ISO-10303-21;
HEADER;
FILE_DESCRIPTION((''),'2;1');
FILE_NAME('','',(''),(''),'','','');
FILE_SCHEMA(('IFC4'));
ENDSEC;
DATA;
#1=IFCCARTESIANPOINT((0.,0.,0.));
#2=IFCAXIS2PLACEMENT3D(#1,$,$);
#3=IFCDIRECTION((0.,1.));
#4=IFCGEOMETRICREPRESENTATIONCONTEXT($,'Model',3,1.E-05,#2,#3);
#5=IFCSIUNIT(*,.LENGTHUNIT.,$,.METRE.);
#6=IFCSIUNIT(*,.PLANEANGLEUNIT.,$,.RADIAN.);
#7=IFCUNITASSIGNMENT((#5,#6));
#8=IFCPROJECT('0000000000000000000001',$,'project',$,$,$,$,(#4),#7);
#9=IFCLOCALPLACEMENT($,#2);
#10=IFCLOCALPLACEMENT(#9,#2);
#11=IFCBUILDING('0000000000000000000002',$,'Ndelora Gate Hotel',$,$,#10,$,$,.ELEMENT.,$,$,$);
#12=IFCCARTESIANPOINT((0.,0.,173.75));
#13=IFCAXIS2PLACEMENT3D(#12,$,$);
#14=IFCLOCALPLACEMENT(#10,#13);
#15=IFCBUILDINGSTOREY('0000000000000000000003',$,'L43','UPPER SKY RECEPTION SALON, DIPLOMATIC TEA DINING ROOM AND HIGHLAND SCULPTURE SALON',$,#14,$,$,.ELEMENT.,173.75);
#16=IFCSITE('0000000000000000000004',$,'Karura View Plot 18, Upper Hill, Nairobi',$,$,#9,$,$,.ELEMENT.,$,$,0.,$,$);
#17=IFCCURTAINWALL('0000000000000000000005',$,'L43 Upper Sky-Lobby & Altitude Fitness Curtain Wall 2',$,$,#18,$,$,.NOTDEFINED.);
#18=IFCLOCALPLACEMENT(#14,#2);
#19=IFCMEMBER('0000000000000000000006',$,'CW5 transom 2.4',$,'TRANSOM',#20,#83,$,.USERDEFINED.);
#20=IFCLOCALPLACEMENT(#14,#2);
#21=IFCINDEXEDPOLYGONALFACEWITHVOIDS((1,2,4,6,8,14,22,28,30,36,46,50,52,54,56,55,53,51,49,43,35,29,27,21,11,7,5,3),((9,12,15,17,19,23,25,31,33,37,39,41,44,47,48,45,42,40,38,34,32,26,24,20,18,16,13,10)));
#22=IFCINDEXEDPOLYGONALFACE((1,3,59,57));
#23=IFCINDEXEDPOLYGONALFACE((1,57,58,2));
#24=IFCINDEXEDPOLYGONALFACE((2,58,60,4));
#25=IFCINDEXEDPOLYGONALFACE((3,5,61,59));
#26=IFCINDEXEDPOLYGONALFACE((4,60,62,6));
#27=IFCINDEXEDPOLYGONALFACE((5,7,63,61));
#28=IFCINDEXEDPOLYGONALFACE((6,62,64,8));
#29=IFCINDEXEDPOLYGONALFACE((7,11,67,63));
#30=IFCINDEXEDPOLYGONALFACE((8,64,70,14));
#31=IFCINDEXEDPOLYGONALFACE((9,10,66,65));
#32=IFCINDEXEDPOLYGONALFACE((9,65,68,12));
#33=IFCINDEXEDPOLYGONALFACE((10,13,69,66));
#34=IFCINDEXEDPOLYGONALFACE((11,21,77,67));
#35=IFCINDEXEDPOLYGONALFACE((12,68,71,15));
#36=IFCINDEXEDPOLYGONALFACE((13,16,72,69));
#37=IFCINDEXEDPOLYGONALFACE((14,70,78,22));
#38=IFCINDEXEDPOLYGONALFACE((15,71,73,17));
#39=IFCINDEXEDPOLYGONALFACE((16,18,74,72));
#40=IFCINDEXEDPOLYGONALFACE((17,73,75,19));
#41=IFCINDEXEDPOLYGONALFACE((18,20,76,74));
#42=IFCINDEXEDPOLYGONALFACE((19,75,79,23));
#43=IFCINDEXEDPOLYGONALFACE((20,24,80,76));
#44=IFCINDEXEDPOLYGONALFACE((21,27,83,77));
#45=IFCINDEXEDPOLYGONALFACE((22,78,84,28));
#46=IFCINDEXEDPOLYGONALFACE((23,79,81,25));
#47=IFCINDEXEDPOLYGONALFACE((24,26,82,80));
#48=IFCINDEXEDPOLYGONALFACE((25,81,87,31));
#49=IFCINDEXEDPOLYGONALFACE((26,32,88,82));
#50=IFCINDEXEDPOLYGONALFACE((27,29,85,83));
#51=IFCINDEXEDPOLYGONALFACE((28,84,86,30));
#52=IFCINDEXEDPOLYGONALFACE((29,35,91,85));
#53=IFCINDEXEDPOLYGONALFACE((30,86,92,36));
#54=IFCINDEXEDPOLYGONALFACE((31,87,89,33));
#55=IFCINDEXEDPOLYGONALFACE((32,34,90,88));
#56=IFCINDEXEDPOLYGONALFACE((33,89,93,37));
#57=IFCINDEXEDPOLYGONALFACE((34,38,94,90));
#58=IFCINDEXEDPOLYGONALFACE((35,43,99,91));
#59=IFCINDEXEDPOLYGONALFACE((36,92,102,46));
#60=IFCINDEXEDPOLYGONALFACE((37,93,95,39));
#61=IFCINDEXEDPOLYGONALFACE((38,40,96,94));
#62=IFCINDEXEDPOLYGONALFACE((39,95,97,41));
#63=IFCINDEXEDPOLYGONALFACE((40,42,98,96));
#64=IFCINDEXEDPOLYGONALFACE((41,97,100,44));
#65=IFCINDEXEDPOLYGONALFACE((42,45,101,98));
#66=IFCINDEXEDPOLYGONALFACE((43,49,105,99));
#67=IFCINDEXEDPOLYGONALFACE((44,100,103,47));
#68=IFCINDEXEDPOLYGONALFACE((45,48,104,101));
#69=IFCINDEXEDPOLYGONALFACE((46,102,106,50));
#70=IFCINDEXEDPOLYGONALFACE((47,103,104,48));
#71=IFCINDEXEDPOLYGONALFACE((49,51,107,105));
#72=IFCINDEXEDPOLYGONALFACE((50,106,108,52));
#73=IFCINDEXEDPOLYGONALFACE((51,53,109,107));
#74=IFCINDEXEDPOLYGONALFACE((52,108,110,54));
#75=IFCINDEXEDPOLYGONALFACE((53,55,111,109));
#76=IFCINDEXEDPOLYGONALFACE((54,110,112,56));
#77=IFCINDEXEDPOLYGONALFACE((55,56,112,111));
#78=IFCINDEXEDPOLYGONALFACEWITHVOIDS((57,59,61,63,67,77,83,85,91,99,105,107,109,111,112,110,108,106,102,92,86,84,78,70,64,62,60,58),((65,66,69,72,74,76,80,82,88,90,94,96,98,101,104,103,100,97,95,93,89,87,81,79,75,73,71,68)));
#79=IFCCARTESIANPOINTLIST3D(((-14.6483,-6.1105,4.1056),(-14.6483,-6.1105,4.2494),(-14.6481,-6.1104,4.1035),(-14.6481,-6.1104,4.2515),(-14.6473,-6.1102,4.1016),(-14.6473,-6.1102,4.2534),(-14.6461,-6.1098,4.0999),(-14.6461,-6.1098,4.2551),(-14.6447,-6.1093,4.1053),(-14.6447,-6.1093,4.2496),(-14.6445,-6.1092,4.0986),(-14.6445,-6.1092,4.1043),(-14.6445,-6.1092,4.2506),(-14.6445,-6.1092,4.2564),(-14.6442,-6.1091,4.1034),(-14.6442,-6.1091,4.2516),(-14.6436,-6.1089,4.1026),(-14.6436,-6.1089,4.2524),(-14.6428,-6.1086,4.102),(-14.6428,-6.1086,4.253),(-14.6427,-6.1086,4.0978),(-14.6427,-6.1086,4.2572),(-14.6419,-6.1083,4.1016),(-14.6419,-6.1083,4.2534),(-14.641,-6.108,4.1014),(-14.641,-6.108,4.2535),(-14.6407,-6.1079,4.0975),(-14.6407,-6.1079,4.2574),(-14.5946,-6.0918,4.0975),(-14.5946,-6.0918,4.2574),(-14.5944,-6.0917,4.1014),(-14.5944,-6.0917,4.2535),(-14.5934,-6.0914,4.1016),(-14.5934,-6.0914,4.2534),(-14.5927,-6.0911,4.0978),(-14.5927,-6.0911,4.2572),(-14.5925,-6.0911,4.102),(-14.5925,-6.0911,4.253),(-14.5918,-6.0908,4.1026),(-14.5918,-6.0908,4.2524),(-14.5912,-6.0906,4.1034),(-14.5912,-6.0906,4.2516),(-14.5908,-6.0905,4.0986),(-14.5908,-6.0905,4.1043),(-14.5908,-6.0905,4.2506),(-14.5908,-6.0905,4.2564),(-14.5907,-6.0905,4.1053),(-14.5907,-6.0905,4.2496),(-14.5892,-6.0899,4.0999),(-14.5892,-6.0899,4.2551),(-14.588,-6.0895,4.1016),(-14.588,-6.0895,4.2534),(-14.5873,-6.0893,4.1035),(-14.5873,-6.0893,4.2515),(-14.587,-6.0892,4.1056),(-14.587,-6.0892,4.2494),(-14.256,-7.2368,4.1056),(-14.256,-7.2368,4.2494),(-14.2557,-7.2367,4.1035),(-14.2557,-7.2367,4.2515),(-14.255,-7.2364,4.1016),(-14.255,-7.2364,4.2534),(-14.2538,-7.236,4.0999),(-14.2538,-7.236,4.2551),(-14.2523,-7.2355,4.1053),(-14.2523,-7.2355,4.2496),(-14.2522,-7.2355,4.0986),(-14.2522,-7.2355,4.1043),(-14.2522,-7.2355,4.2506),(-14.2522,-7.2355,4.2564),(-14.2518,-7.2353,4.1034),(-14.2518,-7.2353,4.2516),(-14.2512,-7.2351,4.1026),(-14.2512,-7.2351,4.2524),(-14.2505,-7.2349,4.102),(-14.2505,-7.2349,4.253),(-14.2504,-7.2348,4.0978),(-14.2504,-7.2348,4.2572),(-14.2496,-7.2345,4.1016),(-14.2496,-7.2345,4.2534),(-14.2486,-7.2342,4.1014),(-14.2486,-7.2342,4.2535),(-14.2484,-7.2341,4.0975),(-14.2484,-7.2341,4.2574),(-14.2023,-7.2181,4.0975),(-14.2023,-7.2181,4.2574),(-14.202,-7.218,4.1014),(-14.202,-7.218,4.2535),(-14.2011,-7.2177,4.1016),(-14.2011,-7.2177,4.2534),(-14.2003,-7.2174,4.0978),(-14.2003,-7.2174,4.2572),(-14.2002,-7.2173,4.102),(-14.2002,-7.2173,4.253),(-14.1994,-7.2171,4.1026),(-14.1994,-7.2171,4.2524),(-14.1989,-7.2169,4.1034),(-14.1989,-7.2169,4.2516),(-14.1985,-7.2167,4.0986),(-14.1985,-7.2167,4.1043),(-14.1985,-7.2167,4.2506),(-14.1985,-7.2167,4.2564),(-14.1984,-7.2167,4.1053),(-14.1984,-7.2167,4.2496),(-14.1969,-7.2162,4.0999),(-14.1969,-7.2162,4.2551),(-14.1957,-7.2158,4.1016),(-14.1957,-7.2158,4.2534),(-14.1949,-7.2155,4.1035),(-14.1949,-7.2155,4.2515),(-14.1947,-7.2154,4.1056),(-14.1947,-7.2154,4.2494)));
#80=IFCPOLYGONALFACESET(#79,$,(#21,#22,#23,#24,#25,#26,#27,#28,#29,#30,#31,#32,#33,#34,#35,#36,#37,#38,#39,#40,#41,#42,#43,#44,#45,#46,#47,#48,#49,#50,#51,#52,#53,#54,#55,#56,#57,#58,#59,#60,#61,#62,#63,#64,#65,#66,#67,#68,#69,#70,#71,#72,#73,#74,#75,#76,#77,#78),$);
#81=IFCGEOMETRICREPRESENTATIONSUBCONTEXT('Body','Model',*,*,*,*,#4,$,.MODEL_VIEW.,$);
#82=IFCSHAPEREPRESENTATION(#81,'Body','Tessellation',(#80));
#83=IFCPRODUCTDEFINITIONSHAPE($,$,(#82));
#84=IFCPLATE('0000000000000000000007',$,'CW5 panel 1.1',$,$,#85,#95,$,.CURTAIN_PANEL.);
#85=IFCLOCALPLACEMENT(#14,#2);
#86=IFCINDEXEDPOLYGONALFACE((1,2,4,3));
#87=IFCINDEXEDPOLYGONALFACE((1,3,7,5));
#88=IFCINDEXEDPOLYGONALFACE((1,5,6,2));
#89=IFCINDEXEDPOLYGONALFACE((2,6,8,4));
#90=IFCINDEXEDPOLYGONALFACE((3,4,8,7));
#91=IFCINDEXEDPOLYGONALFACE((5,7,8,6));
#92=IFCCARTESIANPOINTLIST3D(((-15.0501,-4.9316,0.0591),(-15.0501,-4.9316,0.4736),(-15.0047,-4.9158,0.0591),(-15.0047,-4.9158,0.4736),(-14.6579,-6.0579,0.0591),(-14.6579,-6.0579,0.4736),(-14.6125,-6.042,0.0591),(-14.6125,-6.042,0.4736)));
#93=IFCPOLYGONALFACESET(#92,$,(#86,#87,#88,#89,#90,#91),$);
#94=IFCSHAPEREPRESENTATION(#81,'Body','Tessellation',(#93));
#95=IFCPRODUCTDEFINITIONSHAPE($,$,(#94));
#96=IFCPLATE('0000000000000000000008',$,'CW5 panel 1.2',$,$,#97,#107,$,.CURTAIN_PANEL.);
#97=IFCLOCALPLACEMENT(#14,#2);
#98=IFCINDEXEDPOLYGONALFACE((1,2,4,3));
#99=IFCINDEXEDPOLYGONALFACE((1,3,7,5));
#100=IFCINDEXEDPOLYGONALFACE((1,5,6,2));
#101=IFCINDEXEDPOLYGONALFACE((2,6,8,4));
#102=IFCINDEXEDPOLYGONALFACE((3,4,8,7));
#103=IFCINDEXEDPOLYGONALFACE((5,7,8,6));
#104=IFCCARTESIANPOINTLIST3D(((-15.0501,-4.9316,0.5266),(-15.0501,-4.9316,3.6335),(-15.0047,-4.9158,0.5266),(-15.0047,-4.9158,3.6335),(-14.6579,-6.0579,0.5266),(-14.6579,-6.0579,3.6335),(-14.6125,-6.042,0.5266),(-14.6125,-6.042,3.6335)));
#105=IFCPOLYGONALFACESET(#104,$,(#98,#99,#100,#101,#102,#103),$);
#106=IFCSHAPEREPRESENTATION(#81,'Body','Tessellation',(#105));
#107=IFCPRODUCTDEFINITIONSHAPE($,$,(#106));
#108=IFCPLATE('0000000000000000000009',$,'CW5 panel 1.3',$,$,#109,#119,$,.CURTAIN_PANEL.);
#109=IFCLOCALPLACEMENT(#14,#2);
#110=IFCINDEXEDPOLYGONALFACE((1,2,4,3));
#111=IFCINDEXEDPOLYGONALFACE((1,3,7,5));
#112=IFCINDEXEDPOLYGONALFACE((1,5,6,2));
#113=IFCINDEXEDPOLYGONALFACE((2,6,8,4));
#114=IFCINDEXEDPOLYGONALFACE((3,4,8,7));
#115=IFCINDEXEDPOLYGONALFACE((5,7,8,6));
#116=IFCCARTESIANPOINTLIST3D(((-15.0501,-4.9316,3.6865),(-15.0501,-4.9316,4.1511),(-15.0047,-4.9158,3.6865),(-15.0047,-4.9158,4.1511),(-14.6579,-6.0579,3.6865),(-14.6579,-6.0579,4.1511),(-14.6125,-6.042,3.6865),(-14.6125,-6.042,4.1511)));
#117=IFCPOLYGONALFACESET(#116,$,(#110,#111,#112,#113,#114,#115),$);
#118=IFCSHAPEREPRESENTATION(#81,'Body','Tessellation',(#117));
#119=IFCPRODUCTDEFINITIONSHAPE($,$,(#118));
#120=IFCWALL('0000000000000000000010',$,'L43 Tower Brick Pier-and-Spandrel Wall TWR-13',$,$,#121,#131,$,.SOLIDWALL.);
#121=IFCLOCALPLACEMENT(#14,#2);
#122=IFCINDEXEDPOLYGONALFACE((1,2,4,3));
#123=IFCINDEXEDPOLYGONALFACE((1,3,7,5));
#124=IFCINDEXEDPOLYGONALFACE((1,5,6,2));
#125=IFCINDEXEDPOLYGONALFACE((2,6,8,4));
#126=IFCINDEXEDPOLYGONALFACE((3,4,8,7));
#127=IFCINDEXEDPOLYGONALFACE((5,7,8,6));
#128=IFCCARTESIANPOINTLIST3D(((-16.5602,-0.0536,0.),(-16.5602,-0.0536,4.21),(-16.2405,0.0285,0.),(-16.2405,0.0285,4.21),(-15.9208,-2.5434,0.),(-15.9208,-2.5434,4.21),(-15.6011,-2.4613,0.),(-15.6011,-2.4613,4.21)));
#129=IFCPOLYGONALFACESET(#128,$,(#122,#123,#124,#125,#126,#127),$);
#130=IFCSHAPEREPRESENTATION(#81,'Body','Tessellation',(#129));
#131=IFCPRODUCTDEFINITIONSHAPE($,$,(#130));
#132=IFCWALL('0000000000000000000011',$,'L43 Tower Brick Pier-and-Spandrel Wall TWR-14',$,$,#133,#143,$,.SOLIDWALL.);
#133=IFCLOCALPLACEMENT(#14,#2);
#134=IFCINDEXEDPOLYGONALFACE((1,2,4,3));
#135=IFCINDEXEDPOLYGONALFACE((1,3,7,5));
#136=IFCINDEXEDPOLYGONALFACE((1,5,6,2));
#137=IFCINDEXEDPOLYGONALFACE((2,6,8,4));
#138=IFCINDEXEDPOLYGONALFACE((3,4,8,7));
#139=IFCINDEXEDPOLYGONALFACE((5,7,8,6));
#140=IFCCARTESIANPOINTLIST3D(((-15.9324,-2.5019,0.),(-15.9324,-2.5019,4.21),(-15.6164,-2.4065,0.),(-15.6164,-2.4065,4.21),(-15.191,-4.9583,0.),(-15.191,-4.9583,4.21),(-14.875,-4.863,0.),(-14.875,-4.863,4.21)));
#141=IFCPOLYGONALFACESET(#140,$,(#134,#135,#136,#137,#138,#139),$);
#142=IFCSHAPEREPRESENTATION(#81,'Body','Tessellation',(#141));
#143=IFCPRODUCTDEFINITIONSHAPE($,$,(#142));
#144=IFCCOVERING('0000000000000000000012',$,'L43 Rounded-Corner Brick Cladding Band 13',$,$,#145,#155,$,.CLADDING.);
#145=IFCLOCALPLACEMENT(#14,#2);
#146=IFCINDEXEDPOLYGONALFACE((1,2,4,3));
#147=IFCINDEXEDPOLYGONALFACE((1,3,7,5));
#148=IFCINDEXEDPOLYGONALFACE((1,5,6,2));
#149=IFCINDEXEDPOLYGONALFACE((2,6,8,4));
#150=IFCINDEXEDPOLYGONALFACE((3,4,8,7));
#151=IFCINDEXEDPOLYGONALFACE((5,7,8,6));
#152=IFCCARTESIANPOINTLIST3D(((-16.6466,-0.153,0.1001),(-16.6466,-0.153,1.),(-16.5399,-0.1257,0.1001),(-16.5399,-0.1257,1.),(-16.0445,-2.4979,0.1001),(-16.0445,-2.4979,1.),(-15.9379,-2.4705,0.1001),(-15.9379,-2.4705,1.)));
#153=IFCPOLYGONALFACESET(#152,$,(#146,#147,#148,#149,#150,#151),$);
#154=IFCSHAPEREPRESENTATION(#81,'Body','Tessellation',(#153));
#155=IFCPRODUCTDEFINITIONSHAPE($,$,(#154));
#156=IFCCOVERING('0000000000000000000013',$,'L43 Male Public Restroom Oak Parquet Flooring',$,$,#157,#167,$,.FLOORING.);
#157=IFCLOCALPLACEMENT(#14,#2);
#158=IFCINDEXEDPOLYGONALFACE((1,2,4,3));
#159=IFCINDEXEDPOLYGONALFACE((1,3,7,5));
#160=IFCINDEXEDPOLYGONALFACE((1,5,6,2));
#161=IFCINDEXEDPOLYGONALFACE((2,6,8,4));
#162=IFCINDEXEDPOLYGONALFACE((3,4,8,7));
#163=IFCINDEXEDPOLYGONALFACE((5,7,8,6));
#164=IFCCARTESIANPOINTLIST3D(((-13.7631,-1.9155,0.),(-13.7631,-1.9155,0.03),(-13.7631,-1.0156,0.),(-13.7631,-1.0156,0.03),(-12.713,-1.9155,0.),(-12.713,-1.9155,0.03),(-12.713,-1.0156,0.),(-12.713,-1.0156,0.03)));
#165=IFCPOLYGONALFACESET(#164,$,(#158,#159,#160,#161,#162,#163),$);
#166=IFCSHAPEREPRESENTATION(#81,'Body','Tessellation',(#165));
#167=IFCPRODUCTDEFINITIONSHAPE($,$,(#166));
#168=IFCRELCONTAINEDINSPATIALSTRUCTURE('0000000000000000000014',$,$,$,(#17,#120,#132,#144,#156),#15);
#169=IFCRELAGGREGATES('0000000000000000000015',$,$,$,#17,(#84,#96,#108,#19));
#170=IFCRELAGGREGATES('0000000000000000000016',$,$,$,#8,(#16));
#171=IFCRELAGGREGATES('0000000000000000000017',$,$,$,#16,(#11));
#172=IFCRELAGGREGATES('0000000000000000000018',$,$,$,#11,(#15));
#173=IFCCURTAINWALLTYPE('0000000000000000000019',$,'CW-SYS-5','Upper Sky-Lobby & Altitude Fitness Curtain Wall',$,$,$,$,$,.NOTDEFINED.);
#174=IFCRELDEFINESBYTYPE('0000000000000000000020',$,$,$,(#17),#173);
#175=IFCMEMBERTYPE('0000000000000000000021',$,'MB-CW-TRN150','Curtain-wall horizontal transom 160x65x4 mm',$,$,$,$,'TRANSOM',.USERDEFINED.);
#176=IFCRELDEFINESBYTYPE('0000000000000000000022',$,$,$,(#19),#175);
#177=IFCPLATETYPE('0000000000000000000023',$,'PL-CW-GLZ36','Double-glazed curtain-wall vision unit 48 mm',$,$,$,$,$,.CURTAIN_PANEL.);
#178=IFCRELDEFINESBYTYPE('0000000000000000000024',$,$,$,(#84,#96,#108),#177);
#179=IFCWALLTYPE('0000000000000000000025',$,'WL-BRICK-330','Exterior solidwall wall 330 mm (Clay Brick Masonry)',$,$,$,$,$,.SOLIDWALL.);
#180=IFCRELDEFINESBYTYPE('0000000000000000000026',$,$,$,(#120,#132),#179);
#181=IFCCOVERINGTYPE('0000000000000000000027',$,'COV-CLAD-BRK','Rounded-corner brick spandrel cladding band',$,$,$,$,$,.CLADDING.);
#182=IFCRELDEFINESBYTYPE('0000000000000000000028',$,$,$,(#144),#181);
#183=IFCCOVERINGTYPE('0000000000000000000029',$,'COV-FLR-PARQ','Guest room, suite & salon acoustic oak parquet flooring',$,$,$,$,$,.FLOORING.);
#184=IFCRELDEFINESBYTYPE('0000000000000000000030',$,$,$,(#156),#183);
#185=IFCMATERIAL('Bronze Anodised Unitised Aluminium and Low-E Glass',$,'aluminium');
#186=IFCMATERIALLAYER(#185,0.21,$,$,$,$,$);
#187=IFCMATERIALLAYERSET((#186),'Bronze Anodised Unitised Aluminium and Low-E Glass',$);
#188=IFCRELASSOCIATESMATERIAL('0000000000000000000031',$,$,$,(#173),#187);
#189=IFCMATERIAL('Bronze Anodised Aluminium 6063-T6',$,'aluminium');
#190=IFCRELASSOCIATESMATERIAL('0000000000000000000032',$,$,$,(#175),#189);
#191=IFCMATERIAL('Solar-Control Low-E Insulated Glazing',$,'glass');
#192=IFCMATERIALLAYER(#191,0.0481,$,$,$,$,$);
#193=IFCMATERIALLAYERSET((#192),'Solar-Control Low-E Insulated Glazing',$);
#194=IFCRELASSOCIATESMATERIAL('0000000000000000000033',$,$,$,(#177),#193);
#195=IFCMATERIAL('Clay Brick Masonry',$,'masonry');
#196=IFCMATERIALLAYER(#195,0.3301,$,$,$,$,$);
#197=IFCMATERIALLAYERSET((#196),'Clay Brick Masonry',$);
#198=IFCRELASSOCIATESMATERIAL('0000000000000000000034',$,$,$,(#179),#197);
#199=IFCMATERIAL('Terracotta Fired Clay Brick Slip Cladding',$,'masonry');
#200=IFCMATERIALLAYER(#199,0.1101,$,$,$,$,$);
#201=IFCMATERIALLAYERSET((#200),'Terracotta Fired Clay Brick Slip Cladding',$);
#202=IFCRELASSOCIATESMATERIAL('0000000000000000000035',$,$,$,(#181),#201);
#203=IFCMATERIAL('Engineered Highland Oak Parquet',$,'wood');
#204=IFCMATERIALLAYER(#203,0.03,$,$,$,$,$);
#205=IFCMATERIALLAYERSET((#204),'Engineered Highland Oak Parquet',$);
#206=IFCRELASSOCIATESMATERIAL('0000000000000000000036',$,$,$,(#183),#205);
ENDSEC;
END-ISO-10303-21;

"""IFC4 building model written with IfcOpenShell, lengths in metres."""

from ifc_helpers import new_model, si_unit, direction, frame, frame_2d, origin, origin_2d, place, context, subcontext, project, spatial, rectangle, hollow_rectangle, extrude, material, layer, layer_set, material_profile, profile_set, type_object, element, aggregate, save


model = new_model("IFC4")

# Units and contexts
model_context = context("Model", 3, precision=1e-05, world=origin(), true_north=direction((0.0, 1.0)))
body_context = subcontext(model_context, "Body", "Model", "MODEL_VIEW")
ifc_project = project(units=[si_unit("LENGTHUNIT", "METRE"), si_unit("PLANEANGLEUNIT", "RADIAN")], contexts=[model_context])

# Site, building, storey
site_placement = place(None, origin())
site = spatial("IfcSite", under=ifc_project, at=site_placement, Name="Karura View Plot 18, Upper Hill, Nairobi", CompositionType="ELEMENT", RefElevation=0.0)
building_placement = place(site_placement, origin())
building = spatial("IfcBuilding", under=site, at=building_placement, Name="Ndelora Gate Hotel", CompositionType="ELEMENT")
storey_placement = place(building_placement, frame((0.0, 0.0, 173.75)))
storey = spatial("IfcBuildingStorey", under=building, at=storey_placement, Name="L43", Description="UPPER SKY RECEPTION SALON, DIPLOMATIC TEA DINING ROOM AND HIGHLAND SCULPTURE SALON", CompositionType="ELEMENT", Elevation=173.75)

# Curtain wall, member, plates
ifc_material_1 = material(Name="Bronze Anodised Unitised Aluminium and Low-E Glass", Category="aluminium")
ifc_layer_1 = layer(ifc_material_1, 0.21)
ifc_layer_set_1 = layer_set([ifc_layer_1], Name="Bronze Anodised Unitised Aluminium and Low-E Glass")
curtain_wall_type = type_object("IfcCurtainWallType", Name="CW-SYS-5", Description="Upper Sky-Lobby & Altitude Fitness Curtain Wall", PredefinedType="NOTDEFINED", material=ifc_layer_set_1)
curtain_wall_placement = place(storey_placement, origin())
curtain_wall = element("IfcCurtainWall", 1, at=curtain_wall_placement, inside=storey, type_object=curtain_wall_type, Name="L43 Upper Sky-Lobby & Altitude Fitness Curtain Wall 2", PredefinedType="NOTDEFINED")
ifc_material_2 = material(Name="Bronze Anodised Aluminium 6063-T6", Category="aluminium")
ifc_material_profile_1 = material_profile(ifc_material_2, hollow_rectangle(XDim=0.0649, YDim=0.1599, WallThickness=0.0039, InnerFilletRadius=0.0039, OuterFilletRadius=0.0081, at=origin_2d()), Name="ALU 160x65x4")
ifc_profile_set_1 = profile_set([ifc_material_profile_1], Name="Bronze Anodised Aluminium 6063-T6")
member_type_1 = type_object("IfcMemberType", Name="MB-CW-TRN150", Description="Curtain-wall horizontal transom 160x65x4 mm", ElementType="TRANSOM", PredefinedType="USERDEFINED", material=ifc_profile_set_1)
member_1_placement = place(storey_placement, frame((-14.6177, -6.0999, 4.1775), z_axis=(0.328973, -0.944339, 0.0), x_axis=(0.944339, 0.328973, 0.0)))
member_1 = element("IfcMember", 2, at=member_1_placement, type_object=member_type_1, Name="CW5 transom 2.4", ObjectType="TRANSOM", PredefinedType="USERDEFINED", context=body_context, shape_type="SweptSolid", body=[
    extrude(hollow_rectangle(XDim=0.0649, YDim=0.1599, WallThickness=0.0039, InnerFilletRadius=0.0039, OuterFilletRadius=0.0081, at=origin_2d()), origin(), (0.0, 0.0, 1.0), 1.1926),
])
ifc_material_3 = material(Name="Solar-Control Low-E Insulated Glazing", Category="glass")
ifc_layer_2 = layer(ifc_material_3, 0.0481)
ifc_layer_set_2 = layer_set([ifc_layer_2], Name="Solar-Control Low-E Insulated Glazing")
plate_type = type_object("IfcPlateType", Name="PL-CW-GLZ36", Description="Double-glazed curtain-wall vision unit 48 mm", PredefinedType="CURTAIN_PANEL", material=ifc_layer_set_2)
plate_1_placement = place(storey_placement, frame((-14.8313, -5.4868, 0.0591), z_axis=(0.0, 0.0, 1.0), x_axis=(0.328886, -0.94437, 0.0)))
plate_1 = element("IfcPlate", 3, at=plate_1_placement, type_object=plate_type, Name="CW5 panel 1.1", PredefinedType="CURTAIN_PANEL", context=body_context, shape_type="SweptSolid", body=[
    extrude(rectangle(XDim=1.1926, YDim=0.0481, at=origin_2d()), origin(), (0.0, 0.0, 1.0), 0.4146),
])
plate_2_placement = place(storey_placement, frame((-14.8313, -5.4868, 0.5266), z_axis=(0.0, 0.0, 1.0), x_axis=(0.328886, -0.94437, 0.0)))
plate_2 = element("IfcPlate", 4, at=plate_2_placement, type_object=plate_type, Name="CW5 panel 1.2", PredefinedType="CURTAIN_PANEL", context=body_context, shape_type="SweptSolid", body=[
    extrude(rectangle(XDim=1.1926, YDim=0.0481, at=origin_2d()), origin(), (0.0, 0.0, 1.0), 3.1069),
])
plate_3_placement = place(storey_placement, frame((-14.8313, -5.4868, 3.6865), z_axis=(0.0, 0.0, 1.0), x_axis=(0.328886, -0.94437, 0.0)))
plate_3 = element("IfcPlate", 5, at=plate_3_placement, type_object=plate_type, Name="CW5 panel 1.3", PredefinedType="CURTAIN_PANEL", context=body_context, shape_type="SweptSolid", body=[
    extrude(rectangle(XDim=1.1926, YDim=0.0481, at=origin_2d()), origin(), (0.0, 0.0, 1.0), 0.4646),
])
aggregate(curtain_wall, [plate_1, plate_2, plate_3, member_1])

# Walls
ifc_material_4 = material(Name="Clay Brick Masonry", Category="masonry")
ifc_layer_3 = layer(ifc_material_4, 0.3301)
ifc_layer_set_3 = layer_set([ifc_layer_3], Name="Clay Brick Masonry")
wall_type = type_object("IfcWallType", Name="WL-BRICK-330", Description="Exterior solidwall wall 330 mm (Clay Brick Masonry)", PredefinedType="SOLIDWALL", material=ifc_layer_set_3)
wall_1_placement = place(storey_placement, frame((-15.761, -2.5022, 0.0), z_axis=(0.0, 0.0, 1.0), x_axis=(-0.248743, 0.968569, 0.0)))
element("IfcWall", 6, at=wall_1_placement, inside=storey, type_object=wall_type, Name="L43 Tower Brick Pier-and-Spandrel Wall TWR-13", PredefinedType="SOLIDWALL", context=body_context, shape_type="SweptSolid", body=[
    extrude(rectangle(XDim=2.5706, YDim=0.3301, at=frame_2d((1.2852, 0.0))), origin(), (0.0, 0.0, 1.0), 4.21),
])
wall_2_placement = place(storey_placement, frame((-15.033, -4.9106, 0.0), z_axis=(0.0, 0.0, 1.0), x_axis=(-0.288954, 0.957343, 0.0)))
element("IfcWall", 7, at=wall_2_placement, inside=storey, type_object=wall_type, Name="L43 Tower Brick Pier-and-Spandrel Wall TWR-14", PredefinedType="SOLIDWALL", context=body_context, shape_type="SweptSolid", body=[
    extrude(rectangle(XDim=2.5659, YDim=0.3301, at=frame_2d((1.283, 0.0))), origin(), (0.0, 0.0, 1.0), 4.21),
])

# Coverings
ifc_material_5 = material(Name="Terracotta Fired Clay Brick Slip Cladding", Category="masonry")
ifc_layer_4 = layer(ifc_material_5, 0.1101)
ifc_layer_set_4 = layer_set([ifc_layer_4], Name="Terracotta Fired Clay Brick Slip Cladding")
covering_type_1 = type_object("IfcCoveringType", Name="COV-CLAD-BRK", Description="Rounded-corner brick spandrel cladding band", PredefinedType="CLADDING", material=ifc_layer_set_4)
covering_1_placement = place(storey_placement, frame((-16.2922, -1.3118, 0.1001), z_axis=(0.0, 0.0, 1.0), x_axis=(-0.24869, 0.968583, 0.0)))
element("IfcCovering", 8, at=covering_1_placement, inside=storey, type_object=covering_type_1, Name="L43 Rounded-Corner Brick Cladding Band 13", PredefinedType="CLADDING", context=body_context, shape_type="SweptSolid", body=[
    extrude(rectangle(XDim=2.4209, YDim=0.1101, at=origin_2d()), origin(), (0.0, 0.0, 1.0), 0.8999),
])
ifc_material_6 = material(Name="Engineered Highland Oak Parquet", Category="wood")
ifc_layer_5 = layer(ifc_material_6, 0.03)
ifc_layer_set_5 = layer_set([ifc_layer_5], Name="Engineered Highland Oak Parquet")
covering_type_2 = type_object("IfcCoveringType", Name="COV-FLR-PARQ", Description="Guest room, suite & salon acoustic oak parquet flooring", PredefinedType="FLOORING", material=ifc_layer_set_5)
covering_2_placement = place(storey_placement, frame((-13.238, -1.4656, 0.0), z_axis=(0.0, 0.0, 1.0), x_axis=(1.0, 0.0, 0.0)))
element("IfcCovering", 9, at=covering_2_placement, inside=storey, type_object=covering_type_2, Name="L43 Male Public Restroom Oak Parquet Flooring", PredefinedType="FLOORING", context=body_context, shape_type="SweptSolid", body=[
    extrude(rectangle(XDim=1.05, YDim=0.8999, at=origin_2d()), origin(), (0.0, 0.0, 1.0), 0.03),
])

save(model, "model.ifc")
